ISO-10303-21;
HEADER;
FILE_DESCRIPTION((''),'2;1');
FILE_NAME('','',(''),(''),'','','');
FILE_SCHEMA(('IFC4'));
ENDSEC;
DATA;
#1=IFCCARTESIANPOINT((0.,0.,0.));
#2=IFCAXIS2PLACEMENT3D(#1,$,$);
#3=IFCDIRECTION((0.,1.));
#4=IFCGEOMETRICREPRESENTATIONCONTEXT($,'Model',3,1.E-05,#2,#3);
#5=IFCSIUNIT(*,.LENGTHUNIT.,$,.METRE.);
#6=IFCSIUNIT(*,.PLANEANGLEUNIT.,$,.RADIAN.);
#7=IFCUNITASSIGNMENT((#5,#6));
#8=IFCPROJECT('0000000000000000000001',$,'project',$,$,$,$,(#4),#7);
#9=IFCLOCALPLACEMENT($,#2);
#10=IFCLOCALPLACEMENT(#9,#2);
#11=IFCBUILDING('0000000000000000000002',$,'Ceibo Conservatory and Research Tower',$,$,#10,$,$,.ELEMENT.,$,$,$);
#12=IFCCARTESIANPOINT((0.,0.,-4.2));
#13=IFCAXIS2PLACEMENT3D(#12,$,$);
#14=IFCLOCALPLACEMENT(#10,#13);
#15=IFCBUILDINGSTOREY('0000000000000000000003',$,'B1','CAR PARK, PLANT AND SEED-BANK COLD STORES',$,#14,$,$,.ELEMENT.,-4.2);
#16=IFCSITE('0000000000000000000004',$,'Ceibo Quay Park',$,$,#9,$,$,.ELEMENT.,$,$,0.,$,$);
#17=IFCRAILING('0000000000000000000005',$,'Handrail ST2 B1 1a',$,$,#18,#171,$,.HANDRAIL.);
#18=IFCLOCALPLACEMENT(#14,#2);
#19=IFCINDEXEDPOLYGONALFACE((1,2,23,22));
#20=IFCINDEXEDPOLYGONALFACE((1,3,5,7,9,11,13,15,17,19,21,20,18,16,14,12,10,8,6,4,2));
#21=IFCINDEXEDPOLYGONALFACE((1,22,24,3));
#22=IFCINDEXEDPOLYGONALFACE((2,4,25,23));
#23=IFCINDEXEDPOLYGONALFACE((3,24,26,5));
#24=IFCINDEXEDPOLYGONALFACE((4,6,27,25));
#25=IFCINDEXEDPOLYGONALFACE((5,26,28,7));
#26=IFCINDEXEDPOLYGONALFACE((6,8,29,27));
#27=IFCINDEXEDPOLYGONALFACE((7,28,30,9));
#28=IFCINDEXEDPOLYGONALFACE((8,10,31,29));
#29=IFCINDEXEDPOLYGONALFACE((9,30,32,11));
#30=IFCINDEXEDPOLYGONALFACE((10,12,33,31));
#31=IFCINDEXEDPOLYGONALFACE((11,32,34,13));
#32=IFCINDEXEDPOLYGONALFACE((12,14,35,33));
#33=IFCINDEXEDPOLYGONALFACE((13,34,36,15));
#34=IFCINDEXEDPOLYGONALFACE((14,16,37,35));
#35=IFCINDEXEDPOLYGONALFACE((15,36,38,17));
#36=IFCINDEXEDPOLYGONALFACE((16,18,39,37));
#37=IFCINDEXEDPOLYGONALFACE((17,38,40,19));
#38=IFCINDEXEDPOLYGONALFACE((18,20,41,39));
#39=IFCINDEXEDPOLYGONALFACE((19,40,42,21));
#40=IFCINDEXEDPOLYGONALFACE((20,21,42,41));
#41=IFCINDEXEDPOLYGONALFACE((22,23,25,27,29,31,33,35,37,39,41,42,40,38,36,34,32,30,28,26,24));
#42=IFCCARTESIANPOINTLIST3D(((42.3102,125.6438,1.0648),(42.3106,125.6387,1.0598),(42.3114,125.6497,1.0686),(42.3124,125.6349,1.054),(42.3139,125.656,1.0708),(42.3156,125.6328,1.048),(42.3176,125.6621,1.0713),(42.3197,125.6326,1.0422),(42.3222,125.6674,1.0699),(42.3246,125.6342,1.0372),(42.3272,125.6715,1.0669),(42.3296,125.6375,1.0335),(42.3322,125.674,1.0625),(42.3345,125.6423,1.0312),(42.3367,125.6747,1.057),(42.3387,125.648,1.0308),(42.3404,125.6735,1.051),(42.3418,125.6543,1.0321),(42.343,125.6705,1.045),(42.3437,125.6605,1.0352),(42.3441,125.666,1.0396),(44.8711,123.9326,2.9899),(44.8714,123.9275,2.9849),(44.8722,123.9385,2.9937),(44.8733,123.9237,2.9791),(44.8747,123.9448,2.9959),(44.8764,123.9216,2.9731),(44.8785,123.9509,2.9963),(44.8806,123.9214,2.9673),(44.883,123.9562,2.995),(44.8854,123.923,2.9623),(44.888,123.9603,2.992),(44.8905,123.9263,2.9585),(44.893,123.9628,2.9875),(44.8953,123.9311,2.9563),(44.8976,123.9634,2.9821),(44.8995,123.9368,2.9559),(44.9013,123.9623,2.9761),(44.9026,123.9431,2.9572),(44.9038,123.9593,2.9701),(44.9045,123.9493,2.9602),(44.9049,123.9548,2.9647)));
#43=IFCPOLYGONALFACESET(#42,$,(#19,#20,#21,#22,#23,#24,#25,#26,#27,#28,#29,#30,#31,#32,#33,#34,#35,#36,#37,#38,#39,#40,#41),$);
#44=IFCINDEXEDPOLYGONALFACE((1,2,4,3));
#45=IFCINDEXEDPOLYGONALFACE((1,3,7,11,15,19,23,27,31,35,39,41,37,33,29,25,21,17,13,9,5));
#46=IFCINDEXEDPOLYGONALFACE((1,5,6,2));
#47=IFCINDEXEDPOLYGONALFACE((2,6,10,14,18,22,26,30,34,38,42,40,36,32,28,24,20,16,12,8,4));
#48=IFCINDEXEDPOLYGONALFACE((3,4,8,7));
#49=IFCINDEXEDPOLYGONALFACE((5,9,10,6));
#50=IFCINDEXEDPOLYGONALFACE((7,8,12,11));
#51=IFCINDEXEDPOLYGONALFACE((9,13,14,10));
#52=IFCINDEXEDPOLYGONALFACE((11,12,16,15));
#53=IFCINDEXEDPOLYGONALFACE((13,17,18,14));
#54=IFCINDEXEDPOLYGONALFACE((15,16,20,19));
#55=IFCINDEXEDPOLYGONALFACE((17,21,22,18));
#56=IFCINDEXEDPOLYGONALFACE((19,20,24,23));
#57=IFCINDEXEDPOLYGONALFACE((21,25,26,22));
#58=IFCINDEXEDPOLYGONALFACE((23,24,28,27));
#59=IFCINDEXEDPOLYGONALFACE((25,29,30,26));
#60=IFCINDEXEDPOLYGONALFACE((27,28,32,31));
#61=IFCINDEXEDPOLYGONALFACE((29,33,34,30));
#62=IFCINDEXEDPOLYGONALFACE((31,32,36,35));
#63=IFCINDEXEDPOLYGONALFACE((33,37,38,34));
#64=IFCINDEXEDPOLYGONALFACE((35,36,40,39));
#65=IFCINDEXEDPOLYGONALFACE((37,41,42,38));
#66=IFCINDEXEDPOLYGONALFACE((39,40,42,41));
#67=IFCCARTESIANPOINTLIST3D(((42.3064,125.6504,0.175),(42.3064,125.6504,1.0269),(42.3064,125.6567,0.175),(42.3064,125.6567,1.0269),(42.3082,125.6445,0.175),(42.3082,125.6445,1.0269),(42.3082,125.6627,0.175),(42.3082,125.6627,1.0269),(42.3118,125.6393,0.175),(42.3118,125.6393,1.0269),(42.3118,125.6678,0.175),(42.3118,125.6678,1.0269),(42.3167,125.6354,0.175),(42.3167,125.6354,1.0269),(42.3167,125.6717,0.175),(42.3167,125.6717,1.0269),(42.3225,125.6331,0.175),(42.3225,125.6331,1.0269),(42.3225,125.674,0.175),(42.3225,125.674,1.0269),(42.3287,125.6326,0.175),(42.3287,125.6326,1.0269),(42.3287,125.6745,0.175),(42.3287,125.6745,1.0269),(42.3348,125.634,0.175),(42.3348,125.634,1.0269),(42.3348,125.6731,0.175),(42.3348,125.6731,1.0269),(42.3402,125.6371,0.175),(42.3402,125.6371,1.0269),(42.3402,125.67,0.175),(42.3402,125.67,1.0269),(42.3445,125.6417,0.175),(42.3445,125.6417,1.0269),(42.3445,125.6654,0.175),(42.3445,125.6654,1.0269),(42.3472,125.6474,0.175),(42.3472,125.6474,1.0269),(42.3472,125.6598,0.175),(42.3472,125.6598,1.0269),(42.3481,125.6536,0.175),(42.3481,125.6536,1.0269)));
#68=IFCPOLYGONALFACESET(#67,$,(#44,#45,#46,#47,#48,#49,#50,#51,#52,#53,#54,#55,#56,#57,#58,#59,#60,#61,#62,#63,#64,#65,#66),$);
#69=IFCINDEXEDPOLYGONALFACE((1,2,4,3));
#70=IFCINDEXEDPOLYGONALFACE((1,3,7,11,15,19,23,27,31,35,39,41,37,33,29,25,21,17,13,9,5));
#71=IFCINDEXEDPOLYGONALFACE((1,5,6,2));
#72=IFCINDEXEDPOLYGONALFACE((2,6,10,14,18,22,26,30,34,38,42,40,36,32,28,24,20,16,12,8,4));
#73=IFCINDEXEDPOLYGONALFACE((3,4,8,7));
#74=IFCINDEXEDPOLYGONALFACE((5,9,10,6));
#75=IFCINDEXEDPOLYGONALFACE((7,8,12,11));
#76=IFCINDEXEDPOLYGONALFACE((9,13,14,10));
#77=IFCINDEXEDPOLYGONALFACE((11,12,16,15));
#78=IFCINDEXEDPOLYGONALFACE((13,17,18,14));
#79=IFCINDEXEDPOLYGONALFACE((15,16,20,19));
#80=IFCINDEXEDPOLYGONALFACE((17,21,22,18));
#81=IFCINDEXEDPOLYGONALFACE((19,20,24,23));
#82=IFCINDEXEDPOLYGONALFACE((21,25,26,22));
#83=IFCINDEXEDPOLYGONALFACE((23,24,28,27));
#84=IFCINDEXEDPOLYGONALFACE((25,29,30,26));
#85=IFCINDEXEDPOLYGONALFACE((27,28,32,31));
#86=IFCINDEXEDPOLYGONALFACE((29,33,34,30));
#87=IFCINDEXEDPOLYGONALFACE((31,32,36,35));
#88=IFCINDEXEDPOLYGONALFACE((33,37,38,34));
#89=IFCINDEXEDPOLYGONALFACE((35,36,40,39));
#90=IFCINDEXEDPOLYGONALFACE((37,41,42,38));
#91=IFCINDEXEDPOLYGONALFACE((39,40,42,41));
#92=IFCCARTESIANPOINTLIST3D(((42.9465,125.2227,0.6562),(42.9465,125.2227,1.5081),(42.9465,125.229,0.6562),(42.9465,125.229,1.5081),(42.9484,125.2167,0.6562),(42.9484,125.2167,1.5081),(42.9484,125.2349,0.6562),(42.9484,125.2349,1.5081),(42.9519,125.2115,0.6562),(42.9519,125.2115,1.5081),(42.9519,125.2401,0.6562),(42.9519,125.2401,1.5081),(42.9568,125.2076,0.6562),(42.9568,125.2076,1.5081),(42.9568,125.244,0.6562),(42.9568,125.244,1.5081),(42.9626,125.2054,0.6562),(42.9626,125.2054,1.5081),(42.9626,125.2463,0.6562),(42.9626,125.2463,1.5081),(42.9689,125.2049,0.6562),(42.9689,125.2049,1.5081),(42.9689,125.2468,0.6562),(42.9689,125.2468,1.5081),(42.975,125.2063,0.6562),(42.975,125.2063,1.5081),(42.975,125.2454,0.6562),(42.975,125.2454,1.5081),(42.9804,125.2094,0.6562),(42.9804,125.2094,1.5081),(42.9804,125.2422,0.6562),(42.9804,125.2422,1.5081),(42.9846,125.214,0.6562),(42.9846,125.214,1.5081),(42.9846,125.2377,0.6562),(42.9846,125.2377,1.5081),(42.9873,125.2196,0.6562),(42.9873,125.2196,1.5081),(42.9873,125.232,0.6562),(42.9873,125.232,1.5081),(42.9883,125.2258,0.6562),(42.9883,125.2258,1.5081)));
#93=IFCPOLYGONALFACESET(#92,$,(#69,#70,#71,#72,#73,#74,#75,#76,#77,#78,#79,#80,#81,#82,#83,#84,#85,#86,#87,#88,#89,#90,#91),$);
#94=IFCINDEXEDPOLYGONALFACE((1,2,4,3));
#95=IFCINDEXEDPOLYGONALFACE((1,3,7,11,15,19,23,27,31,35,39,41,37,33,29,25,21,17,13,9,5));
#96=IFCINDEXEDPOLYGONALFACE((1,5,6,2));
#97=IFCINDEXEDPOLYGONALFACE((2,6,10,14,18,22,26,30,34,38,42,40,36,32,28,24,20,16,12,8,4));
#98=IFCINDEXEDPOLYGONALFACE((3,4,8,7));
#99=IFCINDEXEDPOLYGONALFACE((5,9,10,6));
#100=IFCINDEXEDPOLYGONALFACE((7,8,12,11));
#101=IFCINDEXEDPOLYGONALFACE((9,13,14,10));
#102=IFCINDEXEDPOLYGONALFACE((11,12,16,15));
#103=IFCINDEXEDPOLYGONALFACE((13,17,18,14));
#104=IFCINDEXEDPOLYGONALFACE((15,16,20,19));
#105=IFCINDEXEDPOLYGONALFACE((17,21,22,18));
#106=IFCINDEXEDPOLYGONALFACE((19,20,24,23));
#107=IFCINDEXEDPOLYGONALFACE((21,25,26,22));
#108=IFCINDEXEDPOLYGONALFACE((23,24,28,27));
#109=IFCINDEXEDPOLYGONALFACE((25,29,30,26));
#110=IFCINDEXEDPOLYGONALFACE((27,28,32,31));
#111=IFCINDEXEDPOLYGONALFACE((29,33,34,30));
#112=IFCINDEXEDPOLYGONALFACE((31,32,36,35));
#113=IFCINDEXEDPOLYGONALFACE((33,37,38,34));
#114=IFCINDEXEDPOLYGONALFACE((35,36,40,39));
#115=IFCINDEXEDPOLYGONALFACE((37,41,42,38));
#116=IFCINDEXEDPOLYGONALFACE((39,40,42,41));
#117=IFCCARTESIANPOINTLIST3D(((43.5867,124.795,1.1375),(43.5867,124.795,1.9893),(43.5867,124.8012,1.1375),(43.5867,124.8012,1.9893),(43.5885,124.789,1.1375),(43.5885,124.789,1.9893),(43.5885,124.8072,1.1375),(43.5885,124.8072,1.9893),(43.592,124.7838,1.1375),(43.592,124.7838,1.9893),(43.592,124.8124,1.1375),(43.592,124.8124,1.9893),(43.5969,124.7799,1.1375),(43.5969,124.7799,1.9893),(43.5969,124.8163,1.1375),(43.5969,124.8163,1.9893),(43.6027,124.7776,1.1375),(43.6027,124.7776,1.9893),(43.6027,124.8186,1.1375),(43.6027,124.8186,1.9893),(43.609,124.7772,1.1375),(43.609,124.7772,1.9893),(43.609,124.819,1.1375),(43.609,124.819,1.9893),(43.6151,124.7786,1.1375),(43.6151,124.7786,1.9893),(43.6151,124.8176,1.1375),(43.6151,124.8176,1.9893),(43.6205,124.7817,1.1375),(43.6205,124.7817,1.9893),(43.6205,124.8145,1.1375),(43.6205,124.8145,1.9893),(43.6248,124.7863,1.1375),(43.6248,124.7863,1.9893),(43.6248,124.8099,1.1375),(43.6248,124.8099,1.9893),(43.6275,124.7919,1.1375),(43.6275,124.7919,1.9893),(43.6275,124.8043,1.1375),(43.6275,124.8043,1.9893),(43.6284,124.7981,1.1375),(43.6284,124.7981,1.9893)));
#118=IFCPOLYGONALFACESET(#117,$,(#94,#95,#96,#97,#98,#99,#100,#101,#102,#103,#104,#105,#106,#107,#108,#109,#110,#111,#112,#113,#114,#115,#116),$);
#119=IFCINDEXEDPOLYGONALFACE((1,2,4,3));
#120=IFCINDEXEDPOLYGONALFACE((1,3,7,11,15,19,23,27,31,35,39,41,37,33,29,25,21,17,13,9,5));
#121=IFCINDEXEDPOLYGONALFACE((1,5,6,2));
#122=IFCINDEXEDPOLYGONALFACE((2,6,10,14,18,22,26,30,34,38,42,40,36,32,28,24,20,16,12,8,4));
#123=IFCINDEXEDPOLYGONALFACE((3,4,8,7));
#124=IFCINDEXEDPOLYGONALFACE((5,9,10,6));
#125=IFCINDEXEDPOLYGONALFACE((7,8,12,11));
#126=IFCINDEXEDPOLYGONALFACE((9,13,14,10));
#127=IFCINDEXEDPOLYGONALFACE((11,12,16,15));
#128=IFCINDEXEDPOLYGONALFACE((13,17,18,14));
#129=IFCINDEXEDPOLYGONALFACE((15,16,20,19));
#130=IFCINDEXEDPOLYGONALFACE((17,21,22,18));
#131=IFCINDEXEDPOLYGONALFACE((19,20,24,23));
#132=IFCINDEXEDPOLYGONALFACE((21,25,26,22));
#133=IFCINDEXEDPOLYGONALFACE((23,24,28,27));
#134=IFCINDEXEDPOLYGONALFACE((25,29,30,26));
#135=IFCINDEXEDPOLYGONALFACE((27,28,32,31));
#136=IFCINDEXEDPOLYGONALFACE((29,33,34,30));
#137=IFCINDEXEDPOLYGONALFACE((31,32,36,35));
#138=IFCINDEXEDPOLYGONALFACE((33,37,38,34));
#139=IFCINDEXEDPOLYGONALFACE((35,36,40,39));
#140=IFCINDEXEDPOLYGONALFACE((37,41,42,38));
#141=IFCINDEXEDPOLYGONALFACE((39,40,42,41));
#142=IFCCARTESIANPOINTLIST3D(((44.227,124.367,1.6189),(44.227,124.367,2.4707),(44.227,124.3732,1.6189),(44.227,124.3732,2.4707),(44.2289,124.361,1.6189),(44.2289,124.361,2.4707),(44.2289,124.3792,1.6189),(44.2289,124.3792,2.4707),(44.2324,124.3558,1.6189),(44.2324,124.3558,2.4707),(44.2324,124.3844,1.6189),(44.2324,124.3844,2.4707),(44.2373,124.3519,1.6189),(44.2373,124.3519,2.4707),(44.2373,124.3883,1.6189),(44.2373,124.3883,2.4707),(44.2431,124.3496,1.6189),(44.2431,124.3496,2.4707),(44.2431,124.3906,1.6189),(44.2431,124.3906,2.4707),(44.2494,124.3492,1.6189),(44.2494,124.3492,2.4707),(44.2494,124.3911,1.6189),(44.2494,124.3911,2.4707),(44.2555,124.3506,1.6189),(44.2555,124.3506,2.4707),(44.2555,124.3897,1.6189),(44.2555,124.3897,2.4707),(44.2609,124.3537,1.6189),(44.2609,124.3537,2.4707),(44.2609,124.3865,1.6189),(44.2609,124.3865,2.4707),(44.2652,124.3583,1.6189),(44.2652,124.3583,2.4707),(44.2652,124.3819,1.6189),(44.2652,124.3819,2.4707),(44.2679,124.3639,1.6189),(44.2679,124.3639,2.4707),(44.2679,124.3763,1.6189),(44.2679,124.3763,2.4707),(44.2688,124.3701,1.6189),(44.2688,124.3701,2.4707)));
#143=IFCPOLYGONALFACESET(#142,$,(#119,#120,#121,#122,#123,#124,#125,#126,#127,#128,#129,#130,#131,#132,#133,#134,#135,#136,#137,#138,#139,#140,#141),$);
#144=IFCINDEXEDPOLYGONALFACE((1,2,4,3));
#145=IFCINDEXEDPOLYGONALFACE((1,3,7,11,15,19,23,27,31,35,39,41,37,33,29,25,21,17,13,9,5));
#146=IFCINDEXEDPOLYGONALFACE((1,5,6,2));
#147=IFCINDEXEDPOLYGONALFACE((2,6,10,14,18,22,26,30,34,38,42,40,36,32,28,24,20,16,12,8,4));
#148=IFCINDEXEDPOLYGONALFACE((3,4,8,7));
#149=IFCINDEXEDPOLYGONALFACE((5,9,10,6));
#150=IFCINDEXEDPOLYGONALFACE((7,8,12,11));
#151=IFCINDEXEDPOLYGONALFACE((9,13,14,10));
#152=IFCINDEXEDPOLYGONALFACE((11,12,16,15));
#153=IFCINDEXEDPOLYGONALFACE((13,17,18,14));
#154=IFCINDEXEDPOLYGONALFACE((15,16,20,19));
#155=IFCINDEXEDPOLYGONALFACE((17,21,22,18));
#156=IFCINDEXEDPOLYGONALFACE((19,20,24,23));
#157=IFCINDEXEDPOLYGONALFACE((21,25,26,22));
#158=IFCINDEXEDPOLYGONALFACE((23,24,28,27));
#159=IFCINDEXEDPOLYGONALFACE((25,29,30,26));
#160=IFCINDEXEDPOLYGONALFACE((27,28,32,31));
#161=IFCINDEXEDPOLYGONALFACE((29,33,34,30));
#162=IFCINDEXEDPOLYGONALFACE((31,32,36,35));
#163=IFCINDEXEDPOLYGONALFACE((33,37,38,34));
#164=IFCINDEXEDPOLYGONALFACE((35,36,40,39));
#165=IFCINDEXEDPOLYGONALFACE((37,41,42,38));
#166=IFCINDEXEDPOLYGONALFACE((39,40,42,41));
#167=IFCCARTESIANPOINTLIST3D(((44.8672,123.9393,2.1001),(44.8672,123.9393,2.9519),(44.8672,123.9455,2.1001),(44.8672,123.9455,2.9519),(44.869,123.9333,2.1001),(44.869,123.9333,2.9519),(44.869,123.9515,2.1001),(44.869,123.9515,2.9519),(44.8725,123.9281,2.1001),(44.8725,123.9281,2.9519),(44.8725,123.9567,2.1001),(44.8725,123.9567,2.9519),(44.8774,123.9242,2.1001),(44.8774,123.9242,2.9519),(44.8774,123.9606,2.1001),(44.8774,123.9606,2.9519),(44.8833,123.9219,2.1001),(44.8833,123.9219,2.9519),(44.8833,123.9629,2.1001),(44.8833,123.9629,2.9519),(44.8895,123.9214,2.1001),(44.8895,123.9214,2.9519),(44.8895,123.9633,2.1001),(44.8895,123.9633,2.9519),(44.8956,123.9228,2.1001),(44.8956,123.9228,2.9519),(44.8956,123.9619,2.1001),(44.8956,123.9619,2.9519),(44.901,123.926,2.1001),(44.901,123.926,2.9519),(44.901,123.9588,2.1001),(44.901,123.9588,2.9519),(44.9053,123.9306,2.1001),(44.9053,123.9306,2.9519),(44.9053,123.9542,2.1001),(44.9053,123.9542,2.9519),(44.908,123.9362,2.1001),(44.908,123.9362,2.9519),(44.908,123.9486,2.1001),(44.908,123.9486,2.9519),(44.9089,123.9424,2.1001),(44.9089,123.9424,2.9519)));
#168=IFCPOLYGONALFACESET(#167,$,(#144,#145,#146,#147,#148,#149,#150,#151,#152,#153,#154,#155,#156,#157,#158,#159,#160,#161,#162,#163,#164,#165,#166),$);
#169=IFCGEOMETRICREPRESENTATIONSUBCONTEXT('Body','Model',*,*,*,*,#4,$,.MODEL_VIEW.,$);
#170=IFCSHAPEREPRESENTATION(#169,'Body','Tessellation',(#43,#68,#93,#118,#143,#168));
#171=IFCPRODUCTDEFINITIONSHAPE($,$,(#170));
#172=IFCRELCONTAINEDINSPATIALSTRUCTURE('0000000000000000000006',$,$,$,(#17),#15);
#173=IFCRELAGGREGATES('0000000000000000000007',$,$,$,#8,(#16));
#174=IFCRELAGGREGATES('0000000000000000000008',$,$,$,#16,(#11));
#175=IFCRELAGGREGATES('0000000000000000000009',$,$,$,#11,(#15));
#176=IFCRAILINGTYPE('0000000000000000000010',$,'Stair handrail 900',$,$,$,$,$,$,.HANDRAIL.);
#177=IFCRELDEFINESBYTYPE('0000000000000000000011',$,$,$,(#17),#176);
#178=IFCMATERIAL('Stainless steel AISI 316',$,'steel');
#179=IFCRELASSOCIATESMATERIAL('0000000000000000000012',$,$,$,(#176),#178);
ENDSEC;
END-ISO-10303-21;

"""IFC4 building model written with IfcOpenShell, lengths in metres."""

from ifc_helpers import new_model, si_unit, direction, frame, origin, origin_2d, place, context, subcontext, project, spatial, circle, extrude, material, type_object, element, save


model = new_model("IFC4")

# Units and contexts
model_context = context("Model", 3, precision=1e-05, world=origin(), true_north=direction((0.0, 1.0)))
body_context = subcontext(model_context, "Body", "Model", "MODEL_VIEW")
ifc_project = project(units=[si_unit("LENGTHUNIT", "METRE"), si_unit("PLANEANGLEUNIT", "RADIAN")], contexts=[model_context])

# Site, building, storey
site_placement = place(None, origin())
site = spatial("IfcSite", under=ifc_project, at=site_placement, Name="Ceibo Quay Park", CompositionType="ELEMENT", RefElevation=0.0)
building_placement = place(site_placement, origin())
building = spatial("IfcBuilding", under=site, at=building_placement, Name="Ceibo Conservatory and Research Tower", CompositionType="ELEMENT")
storey_placement = place(building_placement, frame((0.0, 0.0, -4.2)))
storey = spatial("IfcBuildingStorey", under=building, at=storey_placement, Name="B1", Description="CAR PARK, PLANT AND SEED-BANK COLD STORES", CompositionType="ELEMENT", Elevation=-4.2)

# Shared definitions
ifc_material_1 = material(Name="Stainless steel AISI 316", Category="steel")

# Railing
railing_type = type_object("IfcRailingType", Name="Stair handrail 900", PredefinedType="HANDRAIL", material=ifc_material_1)
railing_1_placement = place(storey_placement, frame((42.3271, 125.6536, 0.175)))
element("IfcRailing", 1, at=railing_1_placement, inside=storey, type_object=railing_type, Name="Handrail ST2 B1 1a", PredefinedType="HANDRAIL", context=body_context, shape_type="SweptSolid", body=[
    extrude(circle(Radius=0.0239, at=origin_2d()), frame((0.0, 0.0, 0.876), z_axis=(0.705059, -0.471137, 0.530021), x_axis=(0.555596, 0.831452, 0.0)), (0.0, 0.0, 1.0), 3.6321),
    extrude(circle(Radius=0.021, at=origin_2d()), origin(), (0.0, 0.0, 1.0), 0.8518),
    extrude(circle(Radius=0.021, at=origin_2d()), frame((0.6401, -0.4277, 0.4812)), (0.0, 0.0, 1.0), 0.8518),
    extrude(circle(Radius=0.021, at=origin_2d()), frame((1.2803, -0.8555, 0.9624)), (0.0, 0.0, 1.0), 0.8518),
    extrude(circle(Radius=0.021, at=origin_2d()), frame((1.9207, -1.2834, 1.4438)), (0.0, 0.0, 1.0), 0.8518),
    extrude(circle(Radius=0.021, at=origin_2d()), frame((2.5608, -1.7112, 1.925)), (0.0, 0.0, 1.0), 0.8518),
])

save(model, "model.ifc")
